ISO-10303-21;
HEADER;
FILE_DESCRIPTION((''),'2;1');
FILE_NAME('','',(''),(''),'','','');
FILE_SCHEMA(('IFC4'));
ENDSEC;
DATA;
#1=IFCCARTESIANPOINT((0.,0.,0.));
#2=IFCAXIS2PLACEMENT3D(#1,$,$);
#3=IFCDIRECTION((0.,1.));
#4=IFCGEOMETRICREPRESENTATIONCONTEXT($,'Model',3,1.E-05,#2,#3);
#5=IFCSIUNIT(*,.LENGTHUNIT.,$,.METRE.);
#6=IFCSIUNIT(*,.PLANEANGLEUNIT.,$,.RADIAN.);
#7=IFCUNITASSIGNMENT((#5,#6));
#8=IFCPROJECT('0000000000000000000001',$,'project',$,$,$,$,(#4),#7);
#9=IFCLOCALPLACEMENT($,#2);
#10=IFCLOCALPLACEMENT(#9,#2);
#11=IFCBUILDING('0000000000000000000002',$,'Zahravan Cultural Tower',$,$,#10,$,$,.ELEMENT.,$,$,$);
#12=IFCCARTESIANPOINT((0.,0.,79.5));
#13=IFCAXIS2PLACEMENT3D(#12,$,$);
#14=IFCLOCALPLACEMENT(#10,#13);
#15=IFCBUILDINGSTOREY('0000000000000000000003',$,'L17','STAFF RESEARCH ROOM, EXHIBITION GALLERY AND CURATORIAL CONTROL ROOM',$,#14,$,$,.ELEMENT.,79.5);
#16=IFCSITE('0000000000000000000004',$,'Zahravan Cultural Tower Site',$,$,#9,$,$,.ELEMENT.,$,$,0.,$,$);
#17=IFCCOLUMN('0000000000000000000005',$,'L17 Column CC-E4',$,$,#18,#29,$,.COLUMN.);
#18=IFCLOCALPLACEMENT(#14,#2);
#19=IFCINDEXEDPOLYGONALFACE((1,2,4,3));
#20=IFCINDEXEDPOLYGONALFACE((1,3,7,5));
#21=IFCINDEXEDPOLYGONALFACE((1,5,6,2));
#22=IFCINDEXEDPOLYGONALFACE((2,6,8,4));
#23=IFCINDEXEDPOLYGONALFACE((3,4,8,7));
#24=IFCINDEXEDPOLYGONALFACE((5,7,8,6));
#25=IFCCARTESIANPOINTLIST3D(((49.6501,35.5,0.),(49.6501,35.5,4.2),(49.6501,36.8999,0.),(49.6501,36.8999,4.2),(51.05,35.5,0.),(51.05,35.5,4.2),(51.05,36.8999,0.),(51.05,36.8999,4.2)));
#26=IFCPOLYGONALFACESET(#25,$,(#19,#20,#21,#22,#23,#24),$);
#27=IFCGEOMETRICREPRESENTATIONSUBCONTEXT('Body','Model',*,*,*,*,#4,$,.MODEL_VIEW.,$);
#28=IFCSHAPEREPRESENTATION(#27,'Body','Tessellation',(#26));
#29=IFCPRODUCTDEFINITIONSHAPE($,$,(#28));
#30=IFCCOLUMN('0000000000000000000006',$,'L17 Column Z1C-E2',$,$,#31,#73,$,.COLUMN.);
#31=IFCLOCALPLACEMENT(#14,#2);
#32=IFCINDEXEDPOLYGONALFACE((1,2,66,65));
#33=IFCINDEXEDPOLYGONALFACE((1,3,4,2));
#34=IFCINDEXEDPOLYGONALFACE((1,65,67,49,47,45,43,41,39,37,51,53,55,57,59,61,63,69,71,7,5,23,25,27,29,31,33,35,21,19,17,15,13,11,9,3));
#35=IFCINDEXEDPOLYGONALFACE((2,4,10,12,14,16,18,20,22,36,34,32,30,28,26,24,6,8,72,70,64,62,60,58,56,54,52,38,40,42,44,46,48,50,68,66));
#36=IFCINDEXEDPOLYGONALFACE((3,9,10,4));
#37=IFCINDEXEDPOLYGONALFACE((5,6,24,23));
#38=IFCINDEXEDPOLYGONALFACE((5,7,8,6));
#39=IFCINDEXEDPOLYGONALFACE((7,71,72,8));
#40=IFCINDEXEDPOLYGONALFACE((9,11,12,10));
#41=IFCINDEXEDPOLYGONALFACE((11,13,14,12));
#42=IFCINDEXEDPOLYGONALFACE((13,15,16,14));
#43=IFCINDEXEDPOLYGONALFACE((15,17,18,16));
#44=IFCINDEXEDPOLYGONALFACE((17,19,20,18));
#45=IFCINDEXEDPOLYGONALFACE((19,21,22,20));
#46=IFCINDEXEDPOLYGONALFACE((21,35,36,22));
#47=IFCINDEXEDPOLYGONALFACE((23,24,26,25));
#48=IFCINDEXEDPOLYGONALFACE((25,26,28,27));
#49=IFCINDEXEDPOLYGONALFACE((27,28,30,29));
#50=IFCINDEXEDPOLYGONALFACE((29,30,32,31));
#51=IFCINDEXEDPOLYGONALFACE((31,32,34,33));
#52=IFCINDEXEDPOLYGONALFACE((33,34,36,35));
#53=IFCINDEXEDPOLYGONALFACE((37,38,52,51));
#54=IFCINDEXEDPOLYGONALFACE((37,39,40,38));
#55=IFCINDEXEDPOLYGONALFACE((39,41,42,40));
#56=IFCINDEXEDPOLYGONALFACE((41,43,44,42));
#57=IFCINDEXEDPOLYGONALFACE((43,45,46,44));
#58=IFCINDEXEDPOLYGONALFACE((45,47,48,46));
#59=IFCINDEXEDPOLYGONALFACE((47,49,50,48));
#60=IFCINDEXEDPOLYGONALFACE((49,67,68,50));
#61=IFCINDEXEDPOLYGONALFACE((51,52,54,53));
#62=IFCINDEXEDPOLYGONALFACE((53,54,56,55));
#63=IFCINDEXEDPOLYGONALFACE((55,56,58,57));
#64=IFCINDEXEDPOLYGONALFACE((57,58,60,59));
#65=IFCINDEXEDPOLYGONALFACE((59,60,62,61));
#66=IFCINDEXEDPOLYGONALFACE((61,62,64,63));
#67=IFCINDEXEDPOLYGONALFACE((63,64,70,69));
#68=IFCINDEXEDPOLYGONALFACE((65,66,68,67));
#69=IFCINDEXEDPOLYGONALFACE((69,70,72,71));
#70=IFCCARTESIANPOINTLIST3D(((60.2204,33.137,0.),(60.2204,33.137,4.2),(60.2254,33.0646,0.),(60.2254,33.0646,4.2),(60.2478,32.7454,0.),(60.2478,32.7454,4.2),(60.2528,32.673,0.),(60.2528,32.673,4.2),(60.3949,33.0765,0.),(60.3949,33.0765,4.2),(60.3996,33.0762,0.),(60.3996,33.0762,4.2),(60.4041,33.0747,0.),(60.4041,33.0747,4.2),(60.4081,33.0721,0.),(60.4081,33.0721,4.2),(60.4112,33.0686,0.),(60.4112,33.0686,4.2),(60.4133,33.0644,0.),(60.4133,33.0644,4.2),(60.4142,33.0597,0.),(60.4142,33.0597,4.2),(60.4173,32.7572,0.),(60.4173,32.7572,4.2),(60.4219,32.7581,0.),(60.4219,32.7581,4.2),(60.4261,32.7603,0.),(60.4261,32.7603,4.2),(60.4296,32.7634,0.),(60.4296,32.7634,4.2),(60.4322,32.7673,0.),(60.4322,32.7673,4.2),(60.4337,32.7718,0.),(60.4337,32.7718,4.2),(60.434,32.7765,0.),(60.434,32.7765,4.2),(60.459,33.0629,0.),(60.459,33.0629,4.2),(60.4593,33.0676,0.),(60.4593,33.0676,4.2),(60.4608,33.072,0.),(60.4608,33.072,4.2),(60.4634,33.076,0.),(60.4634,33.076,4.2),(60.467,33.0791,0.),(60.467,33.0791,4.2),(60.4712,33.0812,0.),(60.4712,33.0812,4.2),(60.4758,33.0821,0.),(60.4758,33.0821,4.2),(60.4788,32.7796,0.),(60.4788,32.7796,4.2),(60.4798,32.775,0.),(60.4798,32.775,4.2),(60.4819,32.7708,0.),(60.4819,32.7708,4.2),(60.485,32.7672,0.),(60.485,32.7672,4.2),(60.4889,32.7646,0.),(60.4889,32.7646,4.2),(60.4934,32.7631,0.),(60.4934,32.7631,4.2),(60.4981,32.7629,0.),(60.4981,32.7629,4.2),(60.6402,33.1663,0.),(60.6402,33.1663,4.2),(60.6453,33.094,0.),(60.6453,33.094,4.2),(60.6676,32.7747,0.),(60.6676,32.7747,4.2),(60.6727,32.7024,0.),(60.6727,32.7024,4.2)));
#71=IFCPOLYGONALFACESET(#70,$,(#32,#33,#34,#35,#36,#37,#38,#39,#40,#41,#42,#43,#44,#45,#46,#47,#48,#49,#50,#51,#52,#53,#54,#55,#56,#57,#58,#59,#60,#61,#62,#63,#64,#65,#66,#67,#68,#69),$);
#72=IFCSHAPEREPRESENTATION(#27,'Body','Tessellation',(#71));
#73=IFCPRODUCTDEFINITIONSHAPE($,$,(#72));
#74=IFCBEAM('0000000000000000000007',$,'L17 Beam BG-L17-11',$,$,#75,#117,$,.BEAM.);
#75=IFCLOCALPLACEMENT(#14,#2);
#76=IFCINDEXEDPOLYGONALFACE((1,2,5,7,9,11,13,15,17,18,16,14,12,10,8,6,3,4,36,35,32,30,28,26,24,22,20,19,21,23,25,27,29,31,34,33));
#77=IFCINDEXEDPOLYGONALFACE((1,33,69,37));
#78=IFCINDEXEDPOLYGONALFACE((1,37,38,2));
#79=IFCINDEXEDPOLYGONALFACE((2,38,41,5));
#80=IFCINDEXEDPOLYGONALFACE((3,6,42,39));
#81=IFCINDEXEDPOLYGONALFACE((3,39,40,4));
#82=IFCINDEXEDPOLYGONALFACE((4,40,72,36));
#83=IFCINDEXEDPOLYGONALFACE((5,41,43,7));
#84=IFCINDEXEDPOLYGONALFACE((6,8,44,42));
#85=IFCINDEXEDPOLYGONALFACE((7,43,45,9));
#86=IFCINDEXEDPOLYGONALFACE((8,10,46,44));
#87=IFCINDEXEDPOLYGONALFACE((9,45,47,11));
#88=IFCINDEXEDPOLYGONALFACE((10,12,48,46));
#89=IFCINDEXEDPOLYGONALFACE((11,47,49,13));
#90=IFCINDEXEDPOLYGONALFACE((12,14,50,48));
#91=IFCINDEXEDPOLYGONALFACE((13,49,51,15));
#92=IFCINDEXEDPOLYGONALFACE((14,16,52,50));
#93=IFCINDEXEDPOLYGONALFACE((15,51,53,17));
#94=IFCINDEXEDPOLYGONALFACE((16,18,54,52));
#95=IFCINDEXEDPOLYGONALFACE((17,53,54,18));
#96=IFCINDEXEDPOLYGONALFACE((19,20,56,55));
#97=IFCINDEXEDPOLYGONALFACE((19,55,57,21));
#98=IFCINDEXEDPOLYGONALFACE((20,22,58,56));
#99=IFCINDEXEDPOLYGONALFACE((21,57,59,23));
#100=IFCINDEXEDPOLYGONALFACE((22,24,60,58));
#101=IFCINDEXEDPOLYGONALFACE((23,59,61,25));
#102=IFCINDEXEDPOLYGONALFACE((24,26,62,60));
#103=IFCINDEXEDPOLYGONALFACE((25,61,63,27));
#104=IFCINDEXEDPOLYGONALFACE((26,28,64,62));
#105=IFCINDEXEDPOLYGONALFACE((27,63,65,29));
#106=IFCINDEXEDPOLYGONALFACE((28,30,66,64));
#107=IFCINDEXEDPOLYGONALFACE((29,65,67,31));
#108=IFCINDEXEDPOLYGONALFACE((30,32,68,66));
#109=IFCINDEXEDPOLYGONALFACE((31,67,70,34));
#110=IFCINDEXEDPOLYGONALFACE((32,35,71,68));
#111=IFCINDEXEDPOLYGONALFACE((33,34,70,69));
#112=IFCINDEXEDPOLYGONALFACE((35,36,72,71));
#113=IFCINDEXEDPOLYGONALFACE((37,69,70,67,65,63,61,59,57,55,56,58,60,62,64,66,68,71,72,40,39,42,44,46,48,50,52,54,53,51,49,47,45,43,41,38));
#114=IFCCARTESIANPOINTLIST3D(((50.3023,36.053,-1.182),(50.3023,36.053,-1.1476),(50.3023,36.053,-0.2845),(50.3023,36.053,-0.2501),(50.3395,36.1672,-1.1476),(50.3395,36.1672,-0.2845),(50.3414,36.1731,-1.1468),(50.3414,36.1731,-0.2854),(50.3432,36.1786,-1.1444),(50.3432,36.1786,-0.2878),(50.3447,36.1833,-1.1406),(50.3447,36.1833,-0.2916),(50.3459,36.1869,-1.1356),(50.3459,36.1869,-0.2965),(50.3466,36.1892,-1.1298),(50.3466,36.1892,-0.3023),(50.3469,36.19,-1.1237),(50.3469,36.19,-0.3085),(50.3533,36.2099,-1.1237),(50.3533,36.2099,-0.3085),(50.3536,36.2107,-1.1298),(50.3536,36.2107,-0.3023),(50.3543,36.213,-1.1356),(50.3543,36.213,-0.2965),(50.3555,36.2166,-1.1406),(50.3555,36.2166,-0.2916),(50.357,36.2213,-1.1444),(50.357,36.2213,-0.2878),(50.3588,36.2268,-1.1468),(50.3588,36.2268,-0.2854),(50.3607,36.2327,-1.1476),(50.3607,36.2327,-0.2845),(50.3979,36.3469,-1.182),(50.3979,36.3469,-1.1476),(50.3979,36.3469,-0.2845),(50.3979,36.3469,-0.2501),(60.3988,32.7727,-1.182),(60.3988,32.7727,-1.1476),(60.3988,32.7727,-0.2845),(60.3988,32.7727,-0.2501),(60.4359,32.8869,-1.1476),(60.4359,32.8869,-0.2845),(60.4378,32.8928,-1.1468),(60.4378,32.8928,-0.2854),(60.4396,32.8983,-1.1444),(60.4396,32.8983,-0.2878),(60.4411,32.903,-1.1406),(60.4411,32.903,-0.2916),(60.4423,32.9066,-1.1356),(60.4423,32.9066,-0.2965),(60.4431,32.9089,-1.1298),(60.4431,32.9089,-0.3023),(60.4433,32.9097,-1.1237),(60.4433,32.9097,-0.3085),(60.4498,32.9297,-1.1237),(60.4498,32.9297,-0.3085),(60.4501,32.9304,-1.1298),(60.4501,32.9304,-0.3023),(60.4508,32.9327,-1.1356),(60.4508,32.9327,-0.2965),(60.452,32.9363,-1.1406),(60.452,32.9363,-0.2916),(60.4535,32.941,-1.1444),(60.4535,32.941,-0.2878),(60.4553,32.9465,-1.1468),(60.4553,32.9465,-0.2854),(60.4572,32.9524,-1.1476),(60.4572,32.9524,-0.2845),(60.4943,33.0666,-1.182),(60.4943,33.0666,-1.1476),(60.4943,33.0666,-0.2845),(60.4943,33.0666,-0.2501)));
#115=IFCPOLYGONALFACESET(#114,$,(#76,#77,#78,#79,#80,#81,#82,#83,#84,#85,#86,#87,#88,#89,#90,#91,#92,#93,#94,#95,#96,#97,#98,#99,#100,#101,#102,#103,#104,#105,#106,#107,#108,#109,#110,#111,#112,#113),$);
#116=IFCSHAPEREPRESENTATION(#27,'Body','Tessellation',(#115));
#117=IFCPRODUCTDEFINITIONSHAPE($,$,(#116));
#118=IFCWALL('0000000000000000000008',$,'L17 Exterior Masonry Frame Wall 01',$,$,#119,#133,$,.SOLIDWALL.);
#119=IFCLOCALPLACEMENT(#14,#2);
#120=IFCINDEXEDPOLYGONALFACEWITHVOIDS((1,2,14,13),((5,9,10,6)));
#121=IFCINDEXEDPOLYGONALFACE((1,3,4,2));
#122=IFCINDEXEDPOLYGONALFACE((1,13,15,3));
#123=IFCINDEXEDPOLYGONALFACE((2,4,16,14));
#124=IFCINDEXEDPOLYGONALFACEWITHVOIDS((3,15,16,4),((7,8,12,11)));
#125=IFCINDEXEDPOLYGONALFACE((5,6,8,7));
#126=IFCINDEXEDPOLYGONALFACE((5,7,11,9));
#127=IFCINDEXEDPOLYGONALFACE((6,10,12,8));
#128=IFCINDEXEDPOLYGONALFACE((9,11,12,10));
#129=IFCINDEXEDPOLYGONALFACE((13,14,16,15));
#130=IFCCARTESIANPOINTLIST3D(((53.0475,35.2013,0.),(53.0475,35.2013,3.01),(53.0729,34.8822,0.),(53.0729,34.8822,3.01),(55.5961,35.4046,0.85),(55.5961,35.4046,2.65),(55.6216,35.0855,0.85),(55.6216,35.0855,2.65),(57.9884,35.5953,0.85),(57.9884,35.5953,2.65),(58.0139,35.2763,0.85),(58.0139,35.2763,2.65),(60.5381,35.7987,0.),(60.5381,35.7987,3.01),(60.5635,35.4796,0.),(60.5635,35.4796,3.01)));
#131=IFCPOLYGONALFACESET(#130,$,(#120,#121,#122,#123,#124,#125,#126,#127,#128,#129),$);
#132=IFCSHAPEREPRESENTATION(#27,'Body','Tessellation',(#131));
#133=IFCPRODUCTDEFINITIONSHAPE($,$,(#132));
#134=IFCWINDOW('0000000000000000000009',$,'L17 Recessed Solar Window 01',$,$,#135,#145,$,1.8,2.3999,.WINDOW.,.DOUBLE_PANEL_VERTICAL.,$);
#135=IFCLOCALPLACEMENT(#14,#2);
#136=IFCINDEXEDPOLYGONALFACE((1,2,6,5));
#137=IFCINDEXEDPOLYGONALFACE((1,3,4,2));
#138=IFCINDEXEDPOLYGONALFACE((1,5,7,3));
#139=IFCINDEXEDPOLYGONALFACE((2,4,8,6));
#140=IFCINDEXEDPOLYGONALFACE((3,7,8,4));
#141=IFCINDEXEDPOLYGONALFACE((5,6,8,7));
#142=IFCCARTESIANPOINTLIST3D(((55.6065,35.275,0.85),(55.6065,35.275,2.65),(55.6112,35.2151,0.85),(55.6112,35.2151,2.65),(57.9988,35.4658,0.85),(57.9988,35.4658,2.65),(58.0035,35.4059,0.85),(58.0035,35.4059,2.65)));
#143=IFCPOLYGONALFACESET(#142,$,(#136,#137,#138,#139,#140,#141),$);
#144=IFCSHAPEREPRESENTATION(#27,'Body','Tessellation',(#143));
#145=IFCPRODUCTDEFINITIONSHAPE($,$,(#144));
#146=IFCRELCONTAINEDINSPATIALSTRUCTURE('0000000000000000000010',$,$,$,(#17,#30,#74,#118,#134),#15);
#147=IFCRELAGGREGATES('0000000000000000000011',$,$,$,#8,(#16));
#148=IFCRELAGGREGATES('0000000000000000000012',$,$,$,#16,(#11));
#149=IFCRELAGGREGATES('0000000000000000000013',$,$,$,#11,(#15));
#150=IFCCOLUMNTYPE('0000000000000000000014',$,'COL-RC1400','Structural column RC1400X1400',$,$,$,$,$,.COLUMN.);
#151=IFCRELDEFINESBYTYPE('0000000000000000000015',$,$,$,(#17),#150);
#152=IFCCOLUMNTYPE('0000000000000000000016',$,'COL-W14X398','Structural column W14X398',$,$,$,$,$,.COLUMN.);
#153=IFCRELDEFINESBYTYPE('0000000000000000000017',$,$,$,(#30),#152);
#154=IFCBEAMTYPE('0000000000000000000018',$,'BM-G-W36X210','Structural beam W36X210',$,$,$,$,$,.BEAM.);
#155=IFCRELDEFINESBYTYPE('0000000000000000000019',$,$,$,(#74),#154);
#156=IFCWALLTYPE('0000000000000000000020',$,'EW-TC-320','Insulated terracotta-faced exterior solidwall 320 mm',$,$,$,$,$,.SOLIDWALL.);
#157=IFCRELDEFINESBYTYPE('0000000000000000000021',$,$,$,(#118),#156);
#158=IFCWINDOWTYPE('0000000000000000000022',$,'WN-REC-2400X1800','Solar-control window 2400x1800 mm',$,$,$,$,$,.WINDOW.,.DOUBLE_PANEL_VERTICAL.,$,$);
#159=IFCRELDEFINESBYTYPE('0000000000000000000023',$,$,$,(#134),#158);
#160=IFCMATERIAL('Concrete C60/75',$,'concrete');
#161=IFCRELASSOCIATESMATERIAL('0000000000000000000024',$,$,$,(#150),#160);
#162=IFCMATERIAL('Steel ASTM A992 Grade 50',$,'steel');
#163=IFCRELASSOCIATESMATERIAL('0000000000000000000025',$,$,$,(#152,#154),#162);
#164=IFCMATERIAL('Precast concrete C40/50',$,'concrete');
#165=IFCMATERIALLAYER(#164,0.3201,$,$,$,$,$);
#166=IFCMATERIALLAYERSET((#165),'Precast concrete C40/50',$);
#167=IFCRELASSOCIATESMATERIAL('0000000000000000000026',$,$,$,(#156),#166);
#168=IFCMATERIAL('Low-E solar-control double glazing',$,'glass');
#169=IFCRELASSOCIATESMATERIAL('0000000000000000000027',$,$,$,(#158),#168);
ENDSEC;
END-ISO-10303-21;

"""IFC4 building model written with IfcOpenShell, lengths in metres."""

from ifc_helpers import new_model, si_unit, direction, frame, frame_2d, origin, origin_2d, place, context, subcontext, project, spatial, rectangle, i_section, extrude, source, transform, mapped, material, layer, layer_set, material_profile, profile_set, type_object, element, fill, save


model = new_model("IFC4")

# Units and contexts
model_context = context("Model", 3, precision=1e-05, world=origin(), true_north=direction((0.0, 1.0)))
body_context = subcontext(model_context, "Body", "Model", "MODEL_VIEW")
ifc_project = project(units=[si_unit("LENGTHUNIT", "METRE"), si_unit("PLANEANGLEUNIT", "RADIAN")], contexts=[model_context])

# Site, building, storey
site_placement = place(None, origin())
site = spatial("IfcSite", under=ifc_project, at=site_placement, Name="Zahravan Cultural Tower Site", CompositionType="ELEMENT", RefElevation=0.0)
building_placement = place(site_placement, origin())
building = spatial("IfcBuilding", under=site, at=building_placement, Name="Zahravan Cultural Tower", CompositionType="ELEMENT")
storey_placement = place(building_placement, frame((0.0, 0.0, 79.5)))
storey = spatial("IfcBuildingStorey", under=building, at=storey_placement, Name="L17", Description="STAFF RESEARCH ROOM, EXHIBITION GALLERY AND CURATORIAL CONTROL ROOM", CompositionType="ELEMENT", Elevation=79.5)

# Columns
ifc_material_1 = material(Name="Concrete C60/75", Category="concrete")
ifc_material_profile_1 = material_profile(ifc_material_1, rectangle(XDim=1.3999, YDim=1.3999, at=origin_2d()), Name="RC1400X1400")
ifc_profile_set_1 = profile_set([ifc_material_profile_1], Name="Concrete C60/75")
column_type_1 = type_object("IfcColumnType", Name="COL-RC1400", Description="Structural column RC1400X1400", PredefinedType="COLUMN", material=ifc_profile_set_1)
shared_shape_1 = source(origin(), body_context, "Body", "SweptSolid", [
    extrude(rectangle(XDim=1.3999, YDim=1.3999, at=origin_2d()), origin(), (0.0, 0.0, 1.0), 4.2),
])
column_1_placement = place(storey_placement, frame((50.3501, 36.2, 0.0), z_axis=(0.0, 0.0, 1.0), x_axis=(1.0, 0.0, 0.0)))
element("IfcColumn", 1, at=column_1_placement, inside=storey, type_object=column_type_1, Name="L17 Column CC-E4", PredefinedType="COLUMN", context=body_context, shape_type="MappedRepresentation", body=[
    mapped(shared_shape_1, transform((0.0, 0.0, 0.0), x_axis=(1.0, 0.0, 0.0), y_axis=(0.0, 1.0, 0.0), z_axis=(0.0, 0.0, 1.0), scale=1.0)),
])
ifc_material_2 = material(Name="Steel ASTM A992 Grade 50", Category="steel")
ifc_material_profile_2 = material_profile(ifc_material_2, i_section(OverallWidth=0.4209, OverallDepth=0.4651, WebThickness=0.0449, FlangeThickness=0.0725, FilletRadius=0.0181, at=origin_2d()), Name="W14X398")
ifc_profile_set_2 = profile_set([ifc_material_profile_2], Name="Steel ASTM A992 Grade 50")
column_type_2 = type_object("IfcColumnType", Name="COL-W14X398", Description="Structural column W14X398", PredefinedType="COLUMN", material=ifc_profile_set_2)
shared_shape_2 = source(origin(), body_context, "Body", "SweptSolid", [
    extrude(i_section(OverallWidth=0.4209, OverallDepth=0.4651, WebThickness=0.0449, FlangeThickness=0.0725, FilletRadius=0.0181, at=origin_2d()), origin(), (0.0, 0.0, 1.0), 4.2),
])
column_2_placement = place(storey_placement, frame((60.4465, 32.9197, 0.0), z_axis=(0.0, 0.0, 1.0), x_axis=(0.997564, 0.069756, 0.0)))
element("IfcColumn", 2, at=column_2_placement, inside=storey, type_object=column_type_2, Name="L17 Column Z1C-E2", PredefinedType="COLUMN", context=body_context, shape_type="MappedRepresentation", body=[
    mapped(shared_shape_2, transform((0.0, 0.0, 0.0), x_axis=(1.0, 0.0, 0.0), y_axis=(0.0, 1.0, 0.0), z_axis=(0.0, 0.0, 1.0), scale=1.0)),
])

# Beam
ifc_material_profile_3 = material_profile(ifc_material_2, i_section(OverallWidth=0.3091, OverallDepth=0.9319, WebThickness=0.021, FlangeThickness=0.0344, FilletRadius=0.0239, at=origin_2d()), Name="W36X210")
ifc_profile_set_3 = profile_set([ifc_material_profile_3], Name="Steel ASTM A992 Grade 50")
beam_type = type_object("IfcBeamType", Name="BM-G-W36X210", Description="Structural beam W36X210", PredefinedType="BEAM", material=ifc_profile_set_3)
shared_shape_3 = source(origin(), body_context, "Body", "SweptSolid", [
    extrude(i_section(OverallWidth=0.3091, OverallDepth=0.9319, WebThickness=0.021, FlangeThickness=0.0344, FilletRadius=0.0239, at=origin_2d()), origin(), (0.0, 0.0, 1.0), 10.616),
])
beam_placement = place(storey_placement, frame((50.3501, 36.2, -0.7161), z_axis=(0.951064, -0.308995, 0.0), x_axis=(0.308995, 0.951064, 0.0)))
element("IfcBeam", 3, at=beam_placement, inside=storey, type_object=beam_type, Name="L17 Beam BG-L17-11", PredefinedType="BEAM", context=body_context, shape_type="MappedRepresentation", body=[
    mapped(shared_shape_3, transform((0.0, 0.0, 0.0), x_axis=(1.0, 0.0, 0.0), y_axis=(0.0, 1.0, 0.0), z_axis=(0.0, 0.0, 1.0), scale=1.0)),
])

# Wall, opening, window
ifc_material_3 = material(Name="Precast concrete C40/50", Category="concrete")
ifc_layer_1 = layer(ifc_material_3, 0.3201)
ifc_layer_set_1 = layer_set([ifc_layer_1], Name="Precast concrete C40/50")
wall_type_1 = type_object("IfcWallType", Name="EW-TC-320", Description="Insulated terracotta-faced exterior solidwall 320 mm", PredefinedType="SOLIDWALL", material=ifc_layer_set_1)
wall_1_placement = place(storey_placement, frame((53.0601, 35.0417, 0.0), z_axis=(0.0, 0.0, 1.0), x_axis=(0.996835, 0.079501, 0.0)))
wall_1 = element("IfcWall", 4, at=wall_1_placement, inside=storey, type_object=wall_type_1, Name="L17 Exterior Masonry Frame Wall 01", PredefinedType="SOLIDWALL", context=body_context, shape_type="SweptSolid", body=[
    extrude(rectangle(XDim=7.5144, YDim=0.3201, at=frame_2d((3.7573, 0.0))), origin(), (0.0, 0.0, 1.0), 3.01),
])
opening_1_placement = place(wall_1_placement, frame((2.5569, 0.0, 0.8501)))
opening_1 = element("IfcOpeningElement", 5, at=opening_1_placement, cuts=wall_1, PredefinedType="OPENING", context=body_context, shape_type="SweptSolid", body=[
    extrude(rectangle(XDim=2.3999, YDim=1.8, at=frame_2d((1.2, 0.8999))), frame((0.0, 0.1699, 0.0), z_axis=(0.0, -1.0, 0.0), x_axis=(1.0, 0.0, 0.0)), (0.0, 0.0, 1.0), 0.3401),
])
ifc_material_4 = material(Name="Low-E solar-control double glazing", Category="glass")
window_type = type_object("IfcWindowType", Name="WN-REC-2400X1800", Description="Solar-control window 2400x1800 mm", PartitioningType="DOUBLE_PANEL_VERTICAL", PredefinedType="WINDOW", material=ifc_material_4)
shared_shape_4 = source(origin(), body_context, "Body", "SweptSolid", [
    extrude(rectangle(XDim=2.3999, YDim=1.8, at=frame_2d((1.2, 0.8999))), frame((0.0, 0.03, 0.0), z_axis=(0.0, -1.0, 0.0), x_axis=(1.0, 0.0, 0.0)), (0.0, 0.0, 1.0), 0.0601),
])
window_placement = place(opening_1_placement, origin())
window = element("IfcWindow", 6, at=window_placement, inside=storey, type_object=window_type, Name="L17 Recessed Solar Window 01", OverallHeight=1.8, OverallWidth=2.3999, PartitioningType="DOUBLE_PANEL_VERTICAL", PredefinedType="WINDOW", context=body_context, shape_type="MappedRepresentation", body=[
    mapped(shared_shape_4, transform((0.0, 0.0, 0.0), x_axis=(1.0, 0.0, 0.0), y_axis=(0.0, 1.0, 0.0), z_axis=(0.0, 0.0, 1.0), scale=1.0)),
])
fill(opening_1, window)

save(model, "model.ifc")
